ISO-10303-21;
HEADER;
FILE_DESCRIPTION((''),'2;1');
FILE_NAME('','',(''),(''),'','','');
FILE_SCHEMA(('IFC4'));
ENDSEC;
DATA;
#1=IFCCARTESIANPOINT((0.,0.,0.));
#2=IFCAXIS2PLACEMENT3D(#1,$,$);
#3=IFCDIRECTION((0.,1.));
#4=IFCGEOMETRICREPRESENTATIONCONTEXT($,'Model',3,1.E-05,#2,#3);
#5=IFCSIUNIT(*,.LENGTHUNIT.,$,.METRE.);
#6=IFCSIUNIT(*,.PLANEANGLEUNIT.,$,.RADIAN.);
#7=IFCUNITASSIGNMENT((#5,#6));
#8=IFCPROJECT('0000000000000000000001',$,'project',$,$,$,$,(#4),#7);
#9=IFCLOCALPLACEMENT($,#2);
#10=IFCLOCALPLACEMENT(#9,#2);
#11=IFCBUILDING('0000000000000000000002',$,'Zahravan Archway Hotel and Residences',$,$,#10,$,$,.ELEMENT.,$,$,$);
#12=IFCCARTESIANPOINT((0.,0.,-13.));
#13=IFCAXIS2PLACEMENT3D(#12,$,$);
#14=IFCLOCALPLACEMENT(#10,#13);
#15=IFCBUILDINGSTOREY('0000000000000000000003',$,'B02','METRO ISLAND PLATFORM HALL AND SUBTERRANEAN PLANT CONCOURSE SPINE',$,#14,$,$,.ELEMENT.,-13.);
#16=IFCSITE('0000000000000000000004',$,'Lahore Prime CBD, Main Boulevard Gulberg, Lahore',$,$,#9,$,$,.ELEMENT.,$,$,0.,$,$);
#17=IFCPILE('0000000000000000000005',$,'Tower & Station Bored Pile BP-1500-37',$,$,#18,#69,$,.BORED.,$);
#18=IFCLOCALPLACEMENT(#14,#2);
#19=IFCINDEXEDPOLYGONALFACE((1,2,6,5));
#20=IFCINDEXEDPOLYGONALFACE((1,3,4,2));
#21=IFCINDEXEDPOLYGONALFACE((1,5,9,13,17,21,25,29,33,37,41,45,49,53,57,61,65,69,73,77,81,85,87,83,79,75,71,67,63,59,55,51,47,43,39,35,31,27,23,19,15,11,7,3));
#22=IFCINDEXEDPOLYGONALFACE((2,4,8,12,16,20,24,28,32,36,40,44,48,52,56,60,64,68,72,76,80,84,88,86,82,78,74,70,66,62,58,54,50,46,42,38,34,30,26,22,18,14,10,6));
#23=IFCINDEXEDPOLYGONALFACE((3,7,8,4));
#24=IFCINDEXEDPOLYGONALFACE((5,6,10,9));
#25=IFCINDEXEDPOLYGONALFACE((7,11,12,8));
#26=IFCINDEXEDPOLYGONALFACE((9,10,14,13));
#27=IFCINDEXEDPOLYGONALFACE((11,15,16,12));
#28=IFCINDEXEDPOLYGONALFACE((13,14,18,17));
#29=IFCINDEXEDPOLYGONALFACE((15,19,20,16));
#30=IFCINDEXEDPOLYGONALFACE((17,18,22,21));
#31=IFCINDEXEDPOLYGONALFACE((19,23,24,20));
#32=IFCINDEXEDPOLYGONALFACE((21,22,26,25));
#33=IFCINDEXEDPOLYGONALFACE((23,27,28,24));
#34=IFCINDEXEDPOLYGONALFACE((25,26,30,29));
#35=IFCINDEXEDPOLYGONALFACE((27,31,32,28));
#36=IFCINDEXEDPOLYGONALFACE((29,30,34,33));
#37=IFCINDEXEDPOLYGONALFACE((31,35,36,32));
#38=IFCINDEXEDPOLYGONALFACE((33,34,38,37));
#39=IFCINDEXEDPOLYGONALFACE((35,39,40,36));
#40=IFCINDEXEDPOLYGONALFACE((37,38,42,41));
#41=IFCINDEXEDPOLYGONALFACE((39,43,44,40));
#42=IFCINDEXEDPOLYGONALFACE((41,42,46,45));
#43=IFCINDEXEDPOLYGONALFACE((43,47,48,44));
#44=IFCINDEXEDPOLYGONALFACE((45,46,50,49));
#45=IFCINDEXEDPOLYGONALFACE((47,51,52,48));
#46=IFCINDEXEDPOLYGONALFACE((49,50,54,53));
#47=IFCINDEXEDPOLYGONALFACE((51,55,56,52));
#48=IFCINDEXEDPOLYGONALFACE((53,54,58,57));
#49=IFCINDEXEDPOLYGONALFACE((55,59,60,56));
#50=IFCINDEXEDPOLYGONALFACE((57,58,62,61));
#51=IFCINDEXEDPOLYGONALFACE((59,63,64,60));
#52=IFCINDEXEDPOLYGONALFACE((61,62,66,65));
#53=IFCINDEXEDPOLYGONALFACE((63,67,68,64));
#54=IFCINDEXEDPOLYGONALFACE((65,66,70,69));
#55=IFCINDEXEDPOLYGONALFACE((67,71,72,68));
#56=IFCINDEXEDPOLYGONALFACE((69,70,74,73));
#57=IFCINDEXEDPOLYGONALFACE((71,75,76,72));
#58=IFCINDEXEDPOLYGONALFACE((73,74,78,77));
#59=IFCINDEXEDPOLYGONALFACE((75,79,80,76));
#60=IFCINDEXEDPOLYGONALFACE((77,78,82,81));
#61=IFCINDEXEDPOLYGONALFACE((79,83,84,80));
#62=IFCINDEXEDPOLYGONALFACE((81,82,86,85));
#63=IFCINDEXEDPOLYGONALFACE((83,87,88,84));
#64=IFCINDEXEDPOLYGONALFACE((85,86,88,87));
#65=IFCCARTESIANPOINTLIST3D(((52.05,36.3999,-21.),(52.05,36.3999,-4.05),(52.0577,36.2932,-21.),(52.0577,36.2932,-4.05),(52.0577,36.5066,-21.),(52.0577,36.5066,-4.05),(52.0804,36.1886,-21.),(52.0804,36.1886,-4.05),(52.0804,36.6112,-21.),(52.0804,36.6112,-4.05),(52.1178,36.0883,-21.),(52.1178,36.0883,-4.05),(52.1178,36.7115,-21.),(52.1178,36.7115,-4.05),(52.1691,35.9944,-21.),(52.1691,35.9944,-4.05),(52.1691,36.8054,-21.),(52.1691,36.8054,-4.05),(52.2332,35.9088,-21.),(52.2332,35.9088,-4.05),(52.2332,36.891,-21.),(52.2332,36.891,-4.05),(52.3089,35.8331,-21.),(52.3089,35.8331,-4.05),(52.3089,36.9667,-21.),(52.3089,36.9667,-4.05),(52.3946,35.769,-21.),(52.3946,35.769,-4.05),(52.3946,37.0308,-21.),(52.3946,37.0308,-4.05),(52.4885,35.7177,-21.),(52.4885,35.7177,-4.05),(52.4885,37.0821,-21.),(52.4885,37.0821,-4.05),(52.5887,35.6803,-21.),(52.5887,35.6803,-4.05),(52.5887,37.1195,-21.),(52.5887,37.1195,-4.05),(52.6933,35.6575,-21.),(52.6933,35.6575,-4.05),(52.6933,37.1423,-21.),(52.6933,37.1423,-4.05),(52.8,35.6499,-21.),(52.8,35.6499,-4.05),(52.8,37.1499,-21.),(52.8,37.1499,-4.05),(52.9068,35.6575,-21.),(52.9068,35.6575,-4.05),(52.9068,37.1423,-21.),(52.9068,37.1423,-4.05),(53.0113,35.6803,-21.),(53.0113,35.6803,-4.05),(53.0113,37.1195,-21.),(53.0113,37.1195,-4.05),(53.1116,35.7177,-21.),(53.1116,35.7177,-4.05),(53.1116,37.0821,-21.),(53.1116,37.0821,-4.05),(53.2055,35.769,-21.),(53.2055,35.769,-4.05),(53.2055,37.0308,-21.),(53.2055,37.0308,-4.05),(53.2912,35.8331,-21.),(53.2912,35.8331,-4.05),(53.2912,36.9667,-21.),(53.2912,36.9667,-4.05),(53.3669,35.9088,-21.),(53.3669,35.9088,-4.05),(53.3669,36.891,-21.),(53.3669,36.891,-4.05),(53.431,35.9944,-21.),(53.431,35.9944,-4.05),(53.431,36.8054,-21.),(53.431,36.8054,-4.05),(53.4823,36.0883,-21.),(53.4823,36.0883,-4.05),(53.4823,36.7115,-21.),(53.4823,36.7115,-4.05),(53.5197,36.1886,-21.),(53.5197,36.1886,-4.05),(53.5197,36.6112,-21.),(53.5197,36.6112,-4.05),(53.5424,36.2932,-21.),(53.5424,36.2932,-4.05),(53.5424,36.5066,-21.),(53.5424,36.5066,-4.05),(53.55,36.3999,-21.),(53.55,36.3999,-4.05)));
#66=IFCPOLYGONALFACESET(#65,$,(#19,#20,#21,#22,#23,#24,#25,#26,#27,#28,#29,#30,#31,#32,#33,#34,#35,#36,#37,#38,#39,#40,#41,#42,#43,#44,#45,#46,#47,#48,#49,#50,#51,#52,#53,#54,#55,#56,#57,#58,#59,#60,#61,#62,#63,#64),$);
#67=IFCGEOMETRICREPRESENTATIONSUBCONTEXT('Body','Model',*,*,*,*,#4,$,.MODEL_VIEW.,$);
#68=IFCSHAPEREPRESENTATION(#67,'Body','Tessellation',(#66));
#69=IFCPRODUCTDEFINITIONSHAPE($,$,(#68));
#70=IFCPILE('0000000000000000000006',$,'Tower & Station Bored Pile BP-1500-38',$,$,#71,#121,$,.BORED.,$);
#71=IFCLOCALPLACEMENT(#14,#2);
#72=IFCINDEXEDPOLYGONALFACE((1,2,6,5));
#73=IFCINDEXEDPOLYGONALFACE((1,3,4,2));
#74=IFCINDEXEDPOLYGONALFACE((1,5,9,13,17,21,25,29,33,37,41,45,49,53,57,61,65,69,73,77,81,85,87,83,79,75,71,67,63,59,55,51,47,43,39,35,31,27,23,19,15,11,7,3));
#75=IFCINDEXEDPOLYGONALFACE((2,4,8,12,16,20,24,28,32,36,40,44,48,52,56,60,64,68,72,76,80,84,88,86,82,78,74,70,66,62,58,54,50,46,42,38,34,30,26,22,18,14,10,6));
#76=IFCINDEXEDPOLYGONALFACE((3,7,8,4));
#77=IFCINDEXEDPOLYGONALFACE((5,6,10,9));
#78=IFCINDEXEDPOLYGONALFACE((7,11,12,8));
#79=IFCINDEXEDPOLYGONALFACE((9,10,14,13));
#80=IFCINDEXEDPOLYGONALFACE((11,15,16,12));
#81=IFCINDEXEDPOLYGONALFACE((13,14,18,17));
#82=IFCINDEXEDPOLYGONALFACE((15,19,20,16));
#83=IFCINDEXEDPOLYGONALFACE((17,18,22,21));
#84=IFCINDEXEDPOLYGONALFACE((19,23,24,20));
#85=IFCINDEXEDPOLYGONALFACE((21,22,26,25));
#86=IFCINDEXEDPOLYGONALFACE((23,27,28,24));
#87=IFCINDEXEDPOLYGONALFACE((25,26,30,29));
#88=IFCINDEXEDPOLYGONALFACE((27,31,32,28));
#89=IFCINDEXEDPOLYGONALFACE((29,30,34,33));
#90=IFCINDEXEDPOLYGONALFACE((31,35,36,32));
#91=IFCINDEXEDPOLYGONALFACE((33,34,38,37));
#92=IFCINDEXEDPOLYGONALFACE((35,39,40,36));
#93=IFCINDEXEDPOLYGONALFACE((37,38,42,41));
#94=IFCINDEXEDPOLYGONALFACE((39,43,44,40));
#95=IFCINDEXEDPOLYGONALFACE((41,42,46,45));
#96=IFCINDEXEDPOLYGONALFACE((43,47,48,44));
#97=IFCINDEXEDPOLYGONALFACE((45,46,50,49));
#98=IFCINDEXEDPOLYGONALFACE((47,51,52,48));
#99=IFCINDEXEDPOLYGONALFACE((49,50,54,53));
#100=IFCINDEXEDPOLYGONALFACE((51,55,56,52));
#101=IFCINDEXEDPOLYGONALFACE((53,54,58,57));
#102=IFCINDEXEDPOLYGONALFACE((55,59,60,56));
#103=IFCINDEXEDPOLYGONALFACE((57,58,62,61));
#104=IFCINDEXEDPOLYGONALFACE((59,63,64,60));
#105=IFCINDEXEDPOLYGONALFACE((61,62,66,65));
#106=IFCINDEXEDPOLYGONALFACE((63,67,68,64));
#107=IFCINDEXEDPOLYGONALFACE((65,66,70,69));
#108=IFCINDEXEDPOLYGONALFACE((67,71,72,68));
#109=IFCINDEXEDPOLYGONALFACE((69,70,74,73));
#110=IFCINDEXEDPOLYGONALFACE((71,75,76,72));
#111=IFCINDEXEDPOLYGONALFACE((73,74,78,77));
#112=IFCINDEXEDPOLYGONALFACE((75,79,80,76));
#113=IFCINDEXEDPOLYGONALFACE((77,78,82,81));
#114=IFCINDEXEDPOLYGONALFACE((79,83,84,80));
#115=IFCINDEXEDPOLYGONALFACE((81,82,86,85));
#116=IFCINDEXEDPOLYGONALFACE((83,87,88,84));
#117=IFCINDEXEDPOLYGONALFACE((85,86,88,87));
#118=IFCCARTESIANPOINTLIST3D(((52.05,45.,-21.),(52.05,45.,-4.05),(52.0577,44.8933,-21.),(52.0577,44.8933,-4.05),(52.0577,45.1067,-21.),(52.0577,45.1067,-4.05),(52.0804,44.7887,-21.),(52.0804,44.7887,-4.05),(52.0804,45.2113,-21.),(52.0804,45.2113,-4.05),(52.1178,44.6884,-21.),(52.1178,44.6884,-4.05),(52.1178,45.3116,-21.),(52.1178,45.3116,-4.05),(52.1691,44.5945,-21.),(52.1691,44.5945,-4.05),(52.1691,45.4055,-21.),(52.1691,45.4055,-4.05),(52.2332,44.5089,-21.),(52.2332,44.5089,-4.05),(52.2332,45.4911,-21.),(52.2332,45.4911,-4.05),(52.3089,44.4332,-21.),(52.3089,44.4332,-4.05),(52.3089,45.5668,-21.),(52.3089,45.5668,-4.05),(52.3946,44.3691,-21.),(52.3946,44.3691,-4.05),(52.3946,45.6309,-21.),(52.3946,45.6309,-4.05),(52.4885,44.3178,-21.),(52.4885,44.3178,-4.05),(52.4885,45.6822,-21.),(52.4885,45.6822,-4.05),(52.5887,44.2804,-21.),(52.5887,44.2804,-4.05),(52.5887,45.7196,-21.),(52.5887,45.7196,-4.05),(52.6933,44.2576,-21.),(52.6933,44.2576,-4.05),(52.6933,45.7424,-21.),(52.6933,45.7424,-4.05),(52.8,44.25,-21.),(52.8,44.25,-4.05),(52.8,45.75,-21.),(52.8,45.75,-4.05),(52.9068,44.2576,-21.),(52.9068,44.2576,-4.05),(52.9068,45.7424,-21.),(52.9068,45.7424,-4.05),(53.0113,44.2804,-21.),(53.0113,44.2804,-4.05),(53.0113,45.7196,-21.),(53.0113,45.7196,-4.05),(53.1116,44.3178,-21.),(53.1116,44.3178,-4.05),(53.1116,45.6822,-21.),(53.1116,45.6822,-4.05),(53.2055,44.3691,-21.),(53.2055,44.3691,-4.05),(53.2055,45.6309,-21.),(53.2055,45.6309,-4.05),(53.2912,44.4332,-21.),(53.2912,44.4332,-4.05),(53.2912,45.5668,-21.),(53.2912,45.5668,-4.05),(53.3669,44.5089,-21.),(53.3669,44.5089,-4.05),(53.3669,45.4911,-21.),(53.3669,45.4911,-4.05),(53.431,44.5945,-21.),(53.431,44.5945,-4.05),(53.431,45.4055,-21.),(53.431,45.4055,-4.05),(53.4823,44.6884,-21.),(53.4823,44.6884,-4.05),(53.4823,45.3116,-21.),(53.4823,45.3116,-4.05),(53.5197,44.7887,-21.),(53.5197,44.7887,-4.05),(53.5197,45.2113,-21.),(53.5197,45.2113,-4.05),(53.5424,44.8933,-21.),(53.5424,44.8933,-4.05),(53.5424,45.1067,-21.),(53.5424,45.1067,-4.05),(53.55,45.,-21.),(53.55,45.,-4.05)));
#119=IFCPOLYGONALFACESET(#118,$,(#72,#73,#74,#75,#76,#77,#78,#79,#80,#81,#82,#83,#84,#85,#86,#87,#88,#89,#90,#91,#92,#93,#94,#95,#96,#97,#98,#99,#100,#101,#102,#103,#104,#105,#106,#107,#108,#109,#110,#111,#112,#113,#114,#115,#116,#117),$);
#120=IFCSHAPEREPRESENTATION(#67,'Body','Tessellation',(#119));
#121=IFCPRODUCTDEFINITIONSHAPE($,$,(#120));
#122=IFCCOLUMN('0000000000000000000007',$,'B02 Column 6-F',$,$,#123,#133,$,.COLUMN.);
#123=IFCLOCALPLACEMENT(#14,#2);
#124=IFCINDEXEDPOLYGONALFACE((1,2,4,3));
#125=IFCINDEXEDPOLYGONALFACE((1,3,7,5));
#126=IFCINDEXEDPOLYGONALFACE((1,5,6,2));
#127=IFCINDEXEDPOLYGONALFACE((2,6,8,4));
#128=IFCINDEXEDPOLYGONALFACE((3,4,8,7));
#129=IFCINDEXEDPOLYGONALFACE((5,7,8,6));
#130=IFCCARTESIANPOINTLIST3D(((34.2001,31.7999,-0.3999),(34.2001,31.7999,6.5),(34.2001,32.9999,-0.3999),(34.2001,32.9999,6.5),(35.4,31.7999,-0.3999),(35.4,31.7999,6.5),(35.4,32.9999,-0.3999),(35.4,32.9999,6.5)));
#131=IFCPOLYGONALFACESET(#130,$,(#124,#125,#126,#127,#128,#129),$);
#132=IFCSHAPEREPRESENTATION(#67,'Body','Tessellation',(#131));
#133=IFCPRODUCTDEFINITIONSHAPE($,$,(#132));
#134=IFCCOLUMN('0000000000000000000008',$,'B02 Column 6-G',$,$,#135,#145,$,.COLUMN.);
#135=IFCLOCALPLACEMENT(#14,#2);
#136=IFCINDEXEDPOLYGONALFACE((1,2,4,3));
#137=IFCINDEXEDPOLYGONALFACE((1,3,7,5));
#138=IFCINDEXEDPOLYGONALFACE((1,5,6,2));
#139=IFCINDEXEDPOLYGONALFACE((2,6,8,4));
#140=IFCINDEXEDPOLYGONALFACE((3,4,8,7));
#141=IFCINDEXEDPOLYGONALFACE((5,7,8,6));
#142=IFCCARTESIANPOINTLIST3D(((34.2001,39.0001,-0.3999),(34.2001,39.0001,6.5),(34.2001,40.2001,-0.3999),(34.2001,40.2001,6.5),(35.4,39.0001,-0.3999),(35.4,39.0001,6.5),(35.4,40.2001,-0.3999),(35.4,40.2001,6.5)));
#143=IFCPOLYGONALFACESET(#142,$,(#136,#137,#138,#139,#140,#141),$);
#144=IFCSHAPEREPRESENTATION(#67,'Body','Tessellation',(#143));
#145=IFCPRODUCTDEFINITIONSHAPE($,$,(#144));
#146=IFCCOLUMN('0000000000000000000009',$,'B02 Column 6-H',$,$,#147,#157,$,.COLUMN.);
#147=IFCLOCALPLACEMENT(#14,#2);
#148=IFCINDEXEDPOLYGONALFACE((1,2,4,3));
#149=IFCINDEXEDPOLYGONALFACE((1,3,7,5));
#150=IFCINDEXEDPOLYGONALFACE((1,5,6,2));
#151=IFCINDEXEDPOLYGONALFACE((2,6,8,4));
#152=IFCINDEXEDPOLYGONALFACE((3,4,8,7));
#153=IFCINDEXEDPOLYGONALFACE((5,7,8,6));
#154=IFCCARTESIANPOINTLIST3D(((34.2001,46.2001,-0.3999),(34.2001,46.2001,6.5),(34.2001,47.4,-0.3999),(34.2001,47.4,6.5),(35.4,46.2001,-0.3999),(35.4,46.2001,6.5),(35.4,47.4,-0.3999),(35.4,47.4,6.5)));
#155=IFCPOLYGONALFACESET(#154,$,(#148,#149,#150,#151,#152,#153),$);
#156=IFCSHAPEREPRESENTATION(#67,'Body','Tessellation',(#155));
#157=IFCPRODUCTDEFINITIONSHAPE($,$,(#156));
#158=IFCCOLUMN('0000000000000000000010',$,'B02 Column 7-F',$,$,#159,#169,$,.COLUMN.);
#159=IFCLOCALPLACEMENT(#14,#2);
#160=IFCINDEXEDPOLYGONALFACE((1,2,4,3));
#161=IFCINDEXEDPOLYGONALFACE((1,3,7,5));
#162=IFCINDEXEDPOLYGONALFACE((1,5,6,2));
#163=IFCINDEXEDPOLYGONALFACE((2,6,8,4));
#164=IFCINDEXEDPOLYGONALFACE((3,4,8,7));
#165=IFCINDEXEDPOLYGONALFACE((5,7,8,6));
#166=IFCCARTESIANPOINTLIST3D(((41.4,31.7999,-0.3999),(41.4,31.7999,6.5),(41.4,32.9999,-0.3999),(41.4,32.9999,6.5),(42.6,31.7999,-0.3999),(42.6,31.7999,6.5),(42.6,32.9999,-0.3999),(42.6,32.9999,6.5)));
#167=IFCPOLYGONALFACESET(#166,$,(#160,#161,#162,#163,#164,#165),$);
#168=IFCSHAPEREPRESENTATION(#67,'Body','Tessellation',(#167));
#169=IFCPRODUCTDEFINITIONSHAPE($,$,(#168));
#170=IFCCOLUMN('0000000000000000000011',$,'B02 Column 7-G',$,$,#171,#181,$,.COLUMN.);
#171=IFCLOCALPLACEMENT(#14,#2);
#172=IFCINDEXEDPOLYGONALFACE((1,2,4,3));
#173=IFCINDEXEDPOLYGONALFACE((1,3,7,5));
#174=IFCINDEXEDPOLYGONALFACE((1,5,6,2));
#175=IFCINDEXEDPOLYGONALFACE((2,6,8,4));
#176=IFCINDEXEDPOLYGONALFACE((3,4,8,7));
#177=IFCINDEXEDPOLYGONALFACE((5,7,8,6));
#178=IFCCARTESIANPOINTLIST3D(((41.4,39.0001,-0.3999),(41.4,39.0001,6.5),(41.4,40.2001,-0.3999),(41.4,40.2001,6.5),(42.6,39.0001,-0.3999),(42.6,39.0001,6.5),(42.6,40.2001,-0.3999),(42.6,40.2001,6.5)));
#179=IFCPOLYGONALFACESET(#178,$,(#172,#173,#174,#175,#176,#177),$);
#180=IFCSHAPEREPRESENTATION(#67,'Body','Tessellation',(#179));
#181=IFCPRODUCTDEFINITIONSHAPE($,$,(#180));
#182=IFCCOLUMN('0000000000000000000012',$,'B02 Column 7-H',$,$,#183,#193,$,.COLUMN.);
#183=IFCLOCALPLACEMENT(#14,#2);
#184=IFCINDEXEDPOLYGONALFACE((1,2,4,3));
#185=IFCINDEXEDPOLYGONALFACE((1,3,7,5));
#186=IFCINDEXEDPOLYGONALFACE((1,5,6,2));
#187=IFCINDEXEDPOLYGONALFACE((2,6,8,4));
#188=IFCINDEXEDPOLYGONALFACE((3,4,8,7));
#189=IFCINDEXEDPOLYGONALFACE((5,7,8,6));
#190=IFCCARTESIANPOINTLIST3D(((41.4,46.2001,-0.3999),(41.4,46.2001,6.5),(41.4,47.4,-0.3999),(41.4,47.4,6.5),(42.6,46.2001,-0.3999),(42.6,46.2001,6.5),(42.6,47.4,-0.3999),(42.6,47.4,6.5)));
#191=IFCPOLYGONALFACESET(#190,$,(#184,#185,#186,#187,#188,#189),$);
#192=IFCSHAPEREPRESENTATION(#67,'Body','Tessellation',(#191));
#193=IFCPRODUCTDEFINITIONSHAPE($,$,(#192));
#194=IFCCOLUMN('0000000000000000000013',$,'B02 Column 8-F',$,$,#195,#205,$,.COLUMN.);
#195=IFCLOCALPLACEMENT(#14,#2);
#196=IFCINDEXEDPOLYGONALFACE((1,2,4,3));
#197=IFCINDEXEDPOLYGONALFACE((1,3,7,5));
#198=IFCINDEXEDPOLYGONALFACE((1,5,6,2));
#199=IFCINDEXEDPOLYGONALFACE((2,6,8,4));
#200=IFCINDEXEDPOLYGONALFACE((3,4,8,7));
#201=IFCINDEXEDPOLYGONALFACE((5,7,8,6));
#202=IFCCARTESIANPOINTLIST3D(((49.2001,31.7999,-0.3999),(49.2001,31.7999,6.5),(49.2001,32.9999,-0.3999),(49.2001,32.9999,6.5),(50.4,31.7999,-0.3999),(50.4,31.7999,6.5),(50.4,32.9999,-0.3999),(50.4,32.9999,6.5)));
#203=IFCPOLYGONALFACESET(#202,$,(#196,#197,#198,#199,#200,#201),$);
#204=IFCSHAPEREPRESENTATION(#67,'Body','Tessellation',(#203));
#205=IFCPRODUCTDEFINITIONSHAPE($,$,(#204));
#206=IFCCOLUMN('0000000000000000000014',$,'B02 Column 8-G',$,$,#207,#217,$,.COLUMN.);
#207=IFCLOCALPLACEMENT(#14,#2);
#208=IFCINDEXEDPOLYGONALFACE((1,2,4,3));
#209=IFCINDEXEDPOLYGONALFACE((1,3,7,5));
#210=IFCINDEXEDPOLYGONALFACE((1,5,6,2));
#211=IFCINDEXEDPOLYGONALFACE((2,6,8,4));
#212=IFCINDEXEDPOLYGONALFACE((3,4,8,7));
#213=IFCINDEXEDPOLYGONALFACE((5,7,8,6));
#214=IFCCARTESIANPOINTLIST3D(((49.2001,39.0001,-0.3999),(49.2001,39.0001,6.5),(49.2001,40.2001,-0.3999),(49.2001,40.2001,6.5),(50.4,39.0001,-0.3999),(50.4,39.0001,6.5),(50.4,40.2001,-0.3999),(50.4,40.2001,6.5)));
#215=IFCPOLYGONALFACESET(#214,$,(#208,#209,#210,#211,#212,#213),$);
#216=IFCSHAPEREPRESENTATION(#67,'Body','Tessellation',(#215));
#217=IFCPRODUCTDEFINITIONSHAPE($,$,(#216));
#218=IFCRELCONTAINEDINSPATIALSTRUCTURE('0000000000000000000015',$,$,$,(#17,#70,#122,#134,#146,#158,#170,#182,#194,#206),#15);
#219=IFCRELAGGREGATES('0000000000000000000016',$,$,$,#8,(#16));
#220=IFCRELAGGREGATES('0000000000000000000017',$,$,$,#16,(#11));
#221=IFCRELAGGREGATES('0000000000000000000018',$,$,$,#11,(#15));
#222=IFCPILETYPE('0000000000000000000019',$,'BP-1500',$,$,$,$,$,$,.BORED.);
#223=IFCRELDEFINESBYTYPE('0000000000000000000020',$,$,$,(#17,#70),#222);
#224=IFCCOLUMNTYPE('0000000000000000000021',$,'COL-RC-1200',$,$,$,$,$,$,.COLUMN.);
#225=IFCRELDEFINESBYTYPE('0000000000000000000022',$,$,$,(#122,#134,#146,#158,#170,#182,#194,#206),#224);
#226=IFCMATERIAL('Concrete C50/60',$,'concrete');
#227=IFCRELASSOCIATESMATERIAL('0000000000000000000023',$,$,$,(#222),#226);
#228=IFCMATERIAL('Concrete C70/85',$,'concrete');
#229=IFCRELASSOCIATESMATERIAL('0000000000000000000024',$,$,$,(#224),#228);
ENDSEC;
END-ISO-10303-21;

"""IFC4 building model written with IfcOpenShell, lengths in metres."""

from ifc_helpers import new_model, si_unit, direction, frame, origin, origin_2d, place, context, subcontext, project, spatial, rectangle, circle, extrude, source, transform, mapped, material, material_profile, profile_set, type_object, type_shapes, element, save


model = new_model("IFC4")

# Units and contexts
model_context = context("Model", 3, precision=1e-05, world=origin(), true_north=direction((0.0, 1.0)))
body_context = subcontext(model_context, "Body", "Model", "MODEL_VIEW")
ifc_project = project(units=[si_unit("LENGTHUNIT", "METRE"), si_unit("PLANEANGLEUNIT", "RADIAN")], contexts=[model_context])

# Site, building, storey
site_placement = place(None, origin())
site = spatial("IfcSite", under=ifc_project, at=site_placement, Name="Lahore Prime CBD, Main Boulevard Gulberg, Lahore", CompositionType="ELEMENT", RefElevation=0.0)
building_placement = place(site_placement, origin())
building = spatial("IfcBuilding", under=site, at=building_placement, Name="Zahravan Archway Hotel and Residences", CompositionType="ELEMENT")
storey_placement = place(building_placement, frame((0.0, 0.0, -13.0)))
storey = spatial("IfcBuildingStorey", under=building, at=storey_placement, Name="B02", Description="METRO ISLAND PLATFORM HALL AND SUBTERRANEAN PLANT CONCOURSE SPINE", CompositionType="ELEMENT", Elevation=-13.0)

# Piles
ifc_material_1 = material(Name="Concrete C50/60", Category="concrete")
ifc_material_profile_1 = material_profile(ifc_material_1, circle(Radius=0.75, at=origin_2d()), Name="PILE D1500", Category="concrete")
ifc_profile_set_1 = profile_set([ifc_material_profile_1], Name="Concrete C50/60")
pile_type = type_object("IfcPileType", Name="BP-1500", PredefinedType="BORED", material=ifc_profile_set_1)
shared_shape_1 = source(origin(), body_context, "Body", "SweptSolid", [
    extrude(circle(Radius=0.75, at=origin_2d()), origin(), (0.0, 0.0, 1.0), 16.95),
])
type_shapes(pile_type, [shared_shape_1])
for number, where, z_axis, x_axis, name in (
    (1, (52.8, 36.3999, -4.05), (0.0, 0.0, -1.0), (1.0, 0.0, 0.0), "Tower & Station Bored Pile BP-1500-37"),
    (2, (52.8, 45.0, -4.05), (0.0, 0.0, -1.0), (1.0, 0.0, 0.0), "Tower & Station Bored Pile BP-1500-38"),
):
    element("IfcPile", number, at=place(storey_placement, frame(where, z_axis=z_axis, x_axis=x_axis)), inside=storey, type_object=pile_type, Name=name, PredefinedType="BORED", context=body_context, shape_type="MappedRepresentation", body=[
        mapped(shared_shape_1, transform((0.0, 0.0, 0.0), scale=1.0)),
    ])

# Columns
ifc_material_2 = material(Name="Concrete C70/85", Category="concrete")
ifc_material_profile_2 = material_profile(ifc_material_2, rectangle(XDim=1.2, YDim=1.2, at=origin_2d()), Name="RC-COL-1200x1200", Category="concrete")
ifc_profile_set_2 = profile_set([ifc_material_profile_2], Name="Concrete C70/85")
column_type_1 = type_object("IfcColumnType", Name="COL-RC-1200", PredefinedType="COLUMN", material=ifc_profile_set_2)
shared_shape_2 = source(origin(), body_context, "Body", "SweptSolid", [
    extrude(rectangle(XDim=1.2, YDim=1.2, at=origin_2d()), origin(), (0.0, 0.0, 1.0), 6.8999),
])
type_shapes(column_type_1, [shared_shape_2])
for number, where, z_axis, x_axis, name in (
    (3, (34.8, 32.3999, -0.3999), (0.0, 0.0, 1.0), (1.0, 0.0, 0.0), "B02 Column 6-F"),
    (4, (34.8, 39.6001, -0.3999), (0.0, 0.0, 1.0), (1.0, 0.0, 0.0), "B02 Column 6-G"),
    (5, (34.8, 46.8, -0.3999), (0.0, 0.0, 1.0), (1.0, 0.0, 0.0), "B02 Column 6-H"),
    (6, (42.0, 32.3999, -0.3999), (0.0, 0.0, 1.0), (1.0, 0.0, 0.0), "B02 Column 7-F"),
    (7, (42.0, 39.6001, -0.3999), (0.0, 0.0, 1.0), (1.0, 0.0, 0.0), "B02 Column 7-G"),
    (8, (42.0, 46.8, -0.3999), (0.0, 0.0, 1.0), (1.0, 0.0, 0.0), "B02 Column 7-H"),
    (9, (49.8, 32.3999, -0.3999), (0.0, 0.0, 1.0), (1.0, 0.0, 0.0), "B02 Column 8-F"),
    (10, (49.8, 39.6001, -0.3999), (0.0, 0.0, 1.0), (1.0, 0.0, 0.0), "B02 Column 8-G"),
):
    element("IfcColumn", number, at=place(storey_placement, frame(where, z_axis=z_axis, x_axis=x_axis)), inside=storey, type_object=column_type_1, Name=name, PredefinedType="COLUMN", context=body_context, shape_type="MappedRepresentation", body=[
        mapped(shared_shape_2, transform((0.0, 0.0, 0.0), scale=1.0)),
    ])

save(model, "model.ifc")
